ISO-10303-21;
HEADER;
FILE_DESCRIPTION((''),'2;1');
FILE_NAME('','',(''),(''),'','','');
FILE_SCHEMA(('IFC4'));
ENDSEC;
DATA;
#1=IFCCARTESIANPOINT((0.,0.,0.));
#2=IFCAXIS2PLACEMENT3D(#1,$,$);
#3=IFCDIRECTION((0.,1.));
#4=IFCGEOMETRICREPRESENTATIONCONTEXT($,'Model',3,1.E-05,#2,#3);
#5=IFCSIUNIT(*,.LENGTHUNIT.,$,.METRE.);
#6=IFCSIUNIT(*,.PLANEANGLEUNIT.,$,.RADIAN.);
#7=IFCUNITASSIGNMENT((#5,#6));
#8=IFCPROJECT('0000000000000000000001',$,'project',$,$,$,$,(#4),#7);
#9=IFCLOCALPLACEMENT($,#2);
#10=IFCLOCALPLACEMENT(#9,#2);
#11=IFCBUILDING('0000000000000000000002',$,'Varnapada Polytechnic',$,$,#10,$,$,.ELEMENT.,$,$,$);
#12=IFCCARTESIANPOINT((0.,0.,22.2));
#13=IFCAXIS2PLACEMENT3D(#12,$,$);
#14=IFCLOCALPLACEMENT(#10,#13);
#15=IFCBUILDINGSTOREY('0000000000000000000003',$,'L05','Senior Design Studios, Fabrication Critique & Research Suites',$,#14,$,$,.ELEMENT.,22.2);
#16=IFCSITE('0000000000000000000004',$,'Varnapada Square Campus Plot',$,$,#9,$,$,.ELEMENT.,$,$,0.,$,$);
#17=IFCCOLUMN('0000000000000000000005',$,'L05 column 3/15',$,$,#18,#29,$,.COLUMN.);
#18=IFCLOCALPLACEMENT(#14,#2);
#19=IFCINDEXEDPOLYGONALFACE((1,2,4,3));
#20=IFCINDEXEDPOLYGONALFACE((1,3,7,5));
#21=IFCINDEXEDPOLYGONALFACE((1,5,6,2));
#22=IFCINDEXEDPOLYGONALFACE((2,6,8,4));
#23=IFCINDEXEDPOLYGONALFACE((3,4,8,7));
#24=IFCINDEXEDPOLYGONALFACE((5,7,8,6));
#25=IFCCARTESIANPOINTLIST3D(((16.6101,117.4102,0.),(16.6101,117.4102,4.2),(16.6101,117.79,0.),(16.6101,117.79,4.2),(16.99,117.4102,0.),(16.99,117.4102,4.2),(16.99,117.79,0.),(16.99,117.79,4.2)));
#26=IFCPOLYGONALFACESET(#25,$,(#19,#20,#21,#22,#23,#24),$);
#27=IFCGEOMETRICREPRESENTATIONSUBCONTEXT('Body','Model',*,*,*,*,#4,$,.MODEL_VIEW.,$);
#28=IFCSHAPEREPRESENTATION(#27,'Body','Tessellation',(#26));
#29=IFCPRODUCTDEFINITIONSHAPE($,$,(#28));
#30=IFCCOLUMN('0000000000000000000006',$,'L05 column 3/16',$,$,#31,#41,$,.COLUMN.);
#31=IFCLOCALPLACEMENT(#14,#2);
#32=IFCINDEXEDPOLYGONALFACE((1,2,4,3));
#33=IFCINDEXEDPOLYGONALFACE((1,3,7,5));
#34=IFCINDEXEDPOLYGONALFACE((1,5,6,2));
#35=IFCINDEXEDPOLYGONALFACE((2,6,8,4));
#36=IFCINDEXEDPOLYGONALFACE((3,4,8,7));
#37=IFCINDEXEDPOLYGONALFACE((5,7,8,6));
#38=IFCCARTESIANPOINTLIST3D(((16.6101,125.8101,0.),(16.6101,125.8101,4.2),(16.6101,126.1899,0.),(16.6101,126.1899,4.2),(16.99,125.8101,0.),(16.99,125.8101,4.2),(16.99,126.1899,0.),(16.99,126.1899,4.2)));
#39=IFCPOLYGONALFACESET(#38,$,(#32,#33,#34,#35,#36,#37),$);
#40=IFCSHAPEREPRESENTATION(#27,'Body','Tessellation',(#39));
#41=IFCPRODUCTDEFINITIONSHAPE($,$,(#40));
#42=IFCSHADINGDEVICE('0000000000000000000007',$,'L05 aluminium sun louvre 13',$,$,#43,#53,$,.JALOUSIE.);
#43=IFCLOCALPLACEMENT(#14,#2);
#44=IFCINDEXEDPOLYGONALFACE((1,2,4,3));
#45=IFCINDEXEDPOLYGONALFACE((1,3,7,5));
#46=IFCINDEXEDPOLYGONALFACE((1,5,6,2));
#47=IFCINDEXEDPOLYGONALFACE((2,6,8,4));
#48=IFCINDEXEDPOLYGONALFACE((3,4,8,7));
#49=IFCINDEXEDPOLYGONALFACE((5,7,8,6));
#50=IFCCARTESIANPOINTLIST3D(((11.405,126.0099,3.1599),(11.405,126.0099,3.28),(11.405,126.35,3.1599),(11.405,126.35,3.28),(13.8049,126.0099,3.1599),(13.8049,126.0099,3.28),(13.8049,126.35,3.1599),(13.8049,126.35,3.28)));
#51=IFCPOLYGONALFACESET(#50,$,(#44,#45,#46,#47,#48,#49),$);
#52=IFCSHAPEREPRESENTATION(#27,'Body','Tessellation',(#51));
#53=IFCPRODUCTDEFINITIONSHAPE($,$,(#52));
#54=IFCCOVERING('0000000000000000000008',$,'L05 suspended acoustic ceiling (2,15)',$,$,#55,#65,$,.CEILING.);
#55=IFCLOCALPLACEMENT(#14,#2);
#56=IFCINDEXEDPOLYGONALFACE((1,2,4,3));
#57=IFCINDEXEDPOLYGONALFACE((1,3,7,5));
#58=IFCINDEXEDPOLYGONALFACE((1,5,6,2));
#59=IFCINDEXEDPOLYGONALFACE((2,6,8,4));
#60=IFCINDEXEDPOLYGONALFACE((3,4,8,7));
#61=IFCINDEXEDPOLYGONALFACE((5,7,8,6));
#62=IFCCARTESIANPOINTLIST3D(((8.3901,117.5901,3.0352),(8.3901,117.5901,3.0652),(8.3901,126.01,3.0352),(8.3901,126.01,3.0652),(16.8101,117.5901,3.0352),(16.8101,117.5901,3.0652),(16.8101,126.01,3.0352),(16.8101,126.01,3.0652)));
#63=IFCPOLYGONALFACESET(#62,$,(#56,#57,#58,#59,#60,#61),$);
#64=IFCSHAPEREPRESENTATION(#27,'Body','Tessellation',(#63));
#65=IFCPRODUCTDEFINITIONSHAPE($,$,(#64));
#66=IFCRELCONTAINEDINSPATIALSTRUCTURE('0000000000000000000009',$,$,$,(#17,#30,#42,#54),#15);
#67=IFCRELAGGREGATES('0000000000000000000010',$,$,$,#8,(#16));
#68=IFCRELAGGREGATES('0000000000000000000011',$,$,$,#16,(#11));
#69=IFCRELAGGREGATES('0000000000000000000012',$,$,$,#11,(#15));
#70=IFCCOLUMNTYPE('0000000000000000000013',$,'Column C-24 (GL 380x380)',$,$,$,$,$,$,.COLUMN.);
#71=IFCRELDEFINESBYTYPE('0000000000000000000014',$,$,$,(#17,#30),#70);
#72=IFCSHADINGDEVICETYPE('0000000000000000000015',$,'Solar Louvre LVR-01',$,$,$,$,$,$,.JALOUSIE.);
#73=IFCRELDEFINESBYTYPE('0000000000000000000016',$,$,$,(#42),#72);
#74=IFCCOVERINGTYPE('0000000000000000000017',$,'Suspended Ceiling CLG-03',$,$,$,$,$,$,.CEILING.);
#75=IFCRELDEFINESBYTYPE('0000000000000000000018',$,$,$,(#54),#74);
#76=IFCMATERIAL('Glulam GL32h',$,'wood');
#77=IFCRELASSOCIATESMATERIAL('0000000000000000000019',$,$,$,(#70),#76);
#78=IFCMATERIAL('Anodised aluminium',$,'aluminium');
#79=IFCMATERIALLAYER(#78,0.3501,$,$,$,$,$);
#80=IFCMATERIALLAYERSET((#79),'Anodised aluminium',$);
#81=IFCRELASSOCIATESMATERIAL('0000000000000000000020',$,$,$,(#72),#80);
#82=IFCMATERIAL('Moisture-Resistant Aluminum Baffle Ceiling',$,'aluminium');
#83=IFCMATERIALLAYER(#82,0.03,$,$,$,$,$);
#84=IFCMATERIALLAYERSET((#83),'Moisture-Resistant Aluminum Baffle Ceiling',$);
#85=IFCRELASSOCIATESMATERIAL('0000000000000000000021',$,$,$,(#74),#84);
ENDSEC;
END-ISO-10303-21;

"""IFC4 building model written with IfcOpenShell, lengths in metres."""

from ifc_helpers import new_model, si_unit, direction, frame, origin, origin_2d, place, context, subcontext, project, spatial, rectangle, extrude, material, layer, layer_set, material_profile, profile_set, type_object, element, save


model = new_model("IFC4")

# Units and contexts
model_context = context("Model", 3, precision=1e-05, world=origin(), true_north=direction((0.0, 1.0)))
body_context = subcontext(model_context, "Body", "Model", "MODEL_VIEW")
ifc_project = project(units=[si_unit("LENGTHUNIT", "METRE"), si_unit("PLANEANGLEUNIT", "RADIAN")], contexts=[model_context])

# Site, building, storey
site_placement = place(None, origin())
site = spatial("IfcSite", under=ifc_project, at=site_placement, Name="Varnapada Square Campus Plot", CompositionType="ELEMENT", RefElevation=0.0)
building_placement = place(site_placement, origin())
building = spatial("IfcBuilding", under=site, at=building_placement, Name="Varnapada Polytechnic", CompositionType="ELEMENT")
storey_placement = place(building_placement, frame((0.0, 0.0, 22.2)))
storey = spatial("IfcBuildingStorey", under=building, at=storey_placement, Name="L05", Description="Senior Design Studios, Fabrication Critique & Research Suites", CompositionType="ELEMENT", Elevation=22.2)

# Columns
ifc_material_1 = material(Name="Glulam GL32h", Category="wood")
ifc_material_profile = material_profile(ifc_material_1, rectangle(XDim=0.3799, YDim=0.3799, at=origin_2d()), Name="GL 380x380")
ifc_profile_set = profile_set([ifc_material_profile], Name="Glulam GL32h")
column_type = type_object("IfcColumnType", Name="Column C-24 (GL 380x380)", PredefinedType="COLUMN", material=ifc_profile_set)
for number, where, z_axis, x_axis, name in (
    (1, (16.8, 117.6001, 0.0), (0.0, 0.0, 1.0), (1.0, 0.0, 0.0), "L05 column 3/15"),
    (2, (16.8, 126.0, 0.0), (0.0, 0.0, 1.0), (1.0, 0.0, 0.0), "L05 column 3/16"),
):
    element("IfcColumn", number, at=place(storey_placement, frame(where, z_axis=z_axis, x_axis=x_axis)), inside=storey, type_object=column_type, Name=name, PredefinedType="COLUMN", context=body_context, shape_type="SweptSolid", body=[
        extrude(rectangle(XDim=0.3799, YDim=0.3799, at=origin_2d()), origin(), (0.0, 0.0, 1.0), 4.2),
    ])

# Shading device
ifc_material_2 = material(Name="Anodised aluminium", Category="aluminium")
ifc_layer_1 = layer(ifc_material_2, 0.3501)
ifc_layer_set_1 = layer_set([ifc_layer_1], Name="Anodised aluminium")
shading_device_type_1 = type_object("IfcShadingDeviceType", Name="Solar Louvre LVR-01", PredefinedType="JALOUSIE", material=ifc_layer_set_1)
shading_device_1_placement = place(storey_placement, frame((12.605, 126.1799, 3.1599), z_axis=(0.0, 0.0, 1.0), x_axis=(1.0, 0.0, 0.0)))
element("IfcShadingDevice", 3, at=shading_device_1_placement, inside=storey, type_object=shading_device_type_1, Name="L05 aluminium sun louvre 13", PredefinedType="JALOUSIE", context=body_context, shape_type="SweptSolid", body=[
    extrude(rectangle(XDim=2.3999, YDim=0.3401, at=origin_2d()), origin(), (0.0, 0.0, 1.0), 0.1201),
])

# Covering
ifc_material_3 = material(Name="Moisture-Resistant Aluminum Baffle Ceiling", Category="aluminium")
ifc_layer_2 = layer(ifc_material_3, 0.03)
ifc_layer_set_2 = layer_set([ifc_layer_2], Name="Moisture-Resistant Aluminum Baffle Ceiling")
covering_type_1 = type_object("IfcCoveringType", Name="Suspended Ceiling CLG-03", PredefinedType="CEILING", material=ifc_layer_set_2)
covering_1_placement = place(storey_placement, frame((12.6001, 121.8, 3.0352), z_axis=(0.0, 0.0, 1.0), x_axis=(1.0, 0.0, 0.0)))
element("IfcCovering", 4, at=covering_1_placement, inside=storey, type_object=covering_type_1, Name="L05 suspended acoustic ceiling (2,15)", PredefinedType="CEILING", context=body_context, shape_type="SweptSolid", body=[
    extrude(rectangle(XDim=8.4199, YDim=8.4199, at=origin_2d()), origin(), (0.0, 0.0, 1.0), 0.03),
])

save(model, "model.ifc")
